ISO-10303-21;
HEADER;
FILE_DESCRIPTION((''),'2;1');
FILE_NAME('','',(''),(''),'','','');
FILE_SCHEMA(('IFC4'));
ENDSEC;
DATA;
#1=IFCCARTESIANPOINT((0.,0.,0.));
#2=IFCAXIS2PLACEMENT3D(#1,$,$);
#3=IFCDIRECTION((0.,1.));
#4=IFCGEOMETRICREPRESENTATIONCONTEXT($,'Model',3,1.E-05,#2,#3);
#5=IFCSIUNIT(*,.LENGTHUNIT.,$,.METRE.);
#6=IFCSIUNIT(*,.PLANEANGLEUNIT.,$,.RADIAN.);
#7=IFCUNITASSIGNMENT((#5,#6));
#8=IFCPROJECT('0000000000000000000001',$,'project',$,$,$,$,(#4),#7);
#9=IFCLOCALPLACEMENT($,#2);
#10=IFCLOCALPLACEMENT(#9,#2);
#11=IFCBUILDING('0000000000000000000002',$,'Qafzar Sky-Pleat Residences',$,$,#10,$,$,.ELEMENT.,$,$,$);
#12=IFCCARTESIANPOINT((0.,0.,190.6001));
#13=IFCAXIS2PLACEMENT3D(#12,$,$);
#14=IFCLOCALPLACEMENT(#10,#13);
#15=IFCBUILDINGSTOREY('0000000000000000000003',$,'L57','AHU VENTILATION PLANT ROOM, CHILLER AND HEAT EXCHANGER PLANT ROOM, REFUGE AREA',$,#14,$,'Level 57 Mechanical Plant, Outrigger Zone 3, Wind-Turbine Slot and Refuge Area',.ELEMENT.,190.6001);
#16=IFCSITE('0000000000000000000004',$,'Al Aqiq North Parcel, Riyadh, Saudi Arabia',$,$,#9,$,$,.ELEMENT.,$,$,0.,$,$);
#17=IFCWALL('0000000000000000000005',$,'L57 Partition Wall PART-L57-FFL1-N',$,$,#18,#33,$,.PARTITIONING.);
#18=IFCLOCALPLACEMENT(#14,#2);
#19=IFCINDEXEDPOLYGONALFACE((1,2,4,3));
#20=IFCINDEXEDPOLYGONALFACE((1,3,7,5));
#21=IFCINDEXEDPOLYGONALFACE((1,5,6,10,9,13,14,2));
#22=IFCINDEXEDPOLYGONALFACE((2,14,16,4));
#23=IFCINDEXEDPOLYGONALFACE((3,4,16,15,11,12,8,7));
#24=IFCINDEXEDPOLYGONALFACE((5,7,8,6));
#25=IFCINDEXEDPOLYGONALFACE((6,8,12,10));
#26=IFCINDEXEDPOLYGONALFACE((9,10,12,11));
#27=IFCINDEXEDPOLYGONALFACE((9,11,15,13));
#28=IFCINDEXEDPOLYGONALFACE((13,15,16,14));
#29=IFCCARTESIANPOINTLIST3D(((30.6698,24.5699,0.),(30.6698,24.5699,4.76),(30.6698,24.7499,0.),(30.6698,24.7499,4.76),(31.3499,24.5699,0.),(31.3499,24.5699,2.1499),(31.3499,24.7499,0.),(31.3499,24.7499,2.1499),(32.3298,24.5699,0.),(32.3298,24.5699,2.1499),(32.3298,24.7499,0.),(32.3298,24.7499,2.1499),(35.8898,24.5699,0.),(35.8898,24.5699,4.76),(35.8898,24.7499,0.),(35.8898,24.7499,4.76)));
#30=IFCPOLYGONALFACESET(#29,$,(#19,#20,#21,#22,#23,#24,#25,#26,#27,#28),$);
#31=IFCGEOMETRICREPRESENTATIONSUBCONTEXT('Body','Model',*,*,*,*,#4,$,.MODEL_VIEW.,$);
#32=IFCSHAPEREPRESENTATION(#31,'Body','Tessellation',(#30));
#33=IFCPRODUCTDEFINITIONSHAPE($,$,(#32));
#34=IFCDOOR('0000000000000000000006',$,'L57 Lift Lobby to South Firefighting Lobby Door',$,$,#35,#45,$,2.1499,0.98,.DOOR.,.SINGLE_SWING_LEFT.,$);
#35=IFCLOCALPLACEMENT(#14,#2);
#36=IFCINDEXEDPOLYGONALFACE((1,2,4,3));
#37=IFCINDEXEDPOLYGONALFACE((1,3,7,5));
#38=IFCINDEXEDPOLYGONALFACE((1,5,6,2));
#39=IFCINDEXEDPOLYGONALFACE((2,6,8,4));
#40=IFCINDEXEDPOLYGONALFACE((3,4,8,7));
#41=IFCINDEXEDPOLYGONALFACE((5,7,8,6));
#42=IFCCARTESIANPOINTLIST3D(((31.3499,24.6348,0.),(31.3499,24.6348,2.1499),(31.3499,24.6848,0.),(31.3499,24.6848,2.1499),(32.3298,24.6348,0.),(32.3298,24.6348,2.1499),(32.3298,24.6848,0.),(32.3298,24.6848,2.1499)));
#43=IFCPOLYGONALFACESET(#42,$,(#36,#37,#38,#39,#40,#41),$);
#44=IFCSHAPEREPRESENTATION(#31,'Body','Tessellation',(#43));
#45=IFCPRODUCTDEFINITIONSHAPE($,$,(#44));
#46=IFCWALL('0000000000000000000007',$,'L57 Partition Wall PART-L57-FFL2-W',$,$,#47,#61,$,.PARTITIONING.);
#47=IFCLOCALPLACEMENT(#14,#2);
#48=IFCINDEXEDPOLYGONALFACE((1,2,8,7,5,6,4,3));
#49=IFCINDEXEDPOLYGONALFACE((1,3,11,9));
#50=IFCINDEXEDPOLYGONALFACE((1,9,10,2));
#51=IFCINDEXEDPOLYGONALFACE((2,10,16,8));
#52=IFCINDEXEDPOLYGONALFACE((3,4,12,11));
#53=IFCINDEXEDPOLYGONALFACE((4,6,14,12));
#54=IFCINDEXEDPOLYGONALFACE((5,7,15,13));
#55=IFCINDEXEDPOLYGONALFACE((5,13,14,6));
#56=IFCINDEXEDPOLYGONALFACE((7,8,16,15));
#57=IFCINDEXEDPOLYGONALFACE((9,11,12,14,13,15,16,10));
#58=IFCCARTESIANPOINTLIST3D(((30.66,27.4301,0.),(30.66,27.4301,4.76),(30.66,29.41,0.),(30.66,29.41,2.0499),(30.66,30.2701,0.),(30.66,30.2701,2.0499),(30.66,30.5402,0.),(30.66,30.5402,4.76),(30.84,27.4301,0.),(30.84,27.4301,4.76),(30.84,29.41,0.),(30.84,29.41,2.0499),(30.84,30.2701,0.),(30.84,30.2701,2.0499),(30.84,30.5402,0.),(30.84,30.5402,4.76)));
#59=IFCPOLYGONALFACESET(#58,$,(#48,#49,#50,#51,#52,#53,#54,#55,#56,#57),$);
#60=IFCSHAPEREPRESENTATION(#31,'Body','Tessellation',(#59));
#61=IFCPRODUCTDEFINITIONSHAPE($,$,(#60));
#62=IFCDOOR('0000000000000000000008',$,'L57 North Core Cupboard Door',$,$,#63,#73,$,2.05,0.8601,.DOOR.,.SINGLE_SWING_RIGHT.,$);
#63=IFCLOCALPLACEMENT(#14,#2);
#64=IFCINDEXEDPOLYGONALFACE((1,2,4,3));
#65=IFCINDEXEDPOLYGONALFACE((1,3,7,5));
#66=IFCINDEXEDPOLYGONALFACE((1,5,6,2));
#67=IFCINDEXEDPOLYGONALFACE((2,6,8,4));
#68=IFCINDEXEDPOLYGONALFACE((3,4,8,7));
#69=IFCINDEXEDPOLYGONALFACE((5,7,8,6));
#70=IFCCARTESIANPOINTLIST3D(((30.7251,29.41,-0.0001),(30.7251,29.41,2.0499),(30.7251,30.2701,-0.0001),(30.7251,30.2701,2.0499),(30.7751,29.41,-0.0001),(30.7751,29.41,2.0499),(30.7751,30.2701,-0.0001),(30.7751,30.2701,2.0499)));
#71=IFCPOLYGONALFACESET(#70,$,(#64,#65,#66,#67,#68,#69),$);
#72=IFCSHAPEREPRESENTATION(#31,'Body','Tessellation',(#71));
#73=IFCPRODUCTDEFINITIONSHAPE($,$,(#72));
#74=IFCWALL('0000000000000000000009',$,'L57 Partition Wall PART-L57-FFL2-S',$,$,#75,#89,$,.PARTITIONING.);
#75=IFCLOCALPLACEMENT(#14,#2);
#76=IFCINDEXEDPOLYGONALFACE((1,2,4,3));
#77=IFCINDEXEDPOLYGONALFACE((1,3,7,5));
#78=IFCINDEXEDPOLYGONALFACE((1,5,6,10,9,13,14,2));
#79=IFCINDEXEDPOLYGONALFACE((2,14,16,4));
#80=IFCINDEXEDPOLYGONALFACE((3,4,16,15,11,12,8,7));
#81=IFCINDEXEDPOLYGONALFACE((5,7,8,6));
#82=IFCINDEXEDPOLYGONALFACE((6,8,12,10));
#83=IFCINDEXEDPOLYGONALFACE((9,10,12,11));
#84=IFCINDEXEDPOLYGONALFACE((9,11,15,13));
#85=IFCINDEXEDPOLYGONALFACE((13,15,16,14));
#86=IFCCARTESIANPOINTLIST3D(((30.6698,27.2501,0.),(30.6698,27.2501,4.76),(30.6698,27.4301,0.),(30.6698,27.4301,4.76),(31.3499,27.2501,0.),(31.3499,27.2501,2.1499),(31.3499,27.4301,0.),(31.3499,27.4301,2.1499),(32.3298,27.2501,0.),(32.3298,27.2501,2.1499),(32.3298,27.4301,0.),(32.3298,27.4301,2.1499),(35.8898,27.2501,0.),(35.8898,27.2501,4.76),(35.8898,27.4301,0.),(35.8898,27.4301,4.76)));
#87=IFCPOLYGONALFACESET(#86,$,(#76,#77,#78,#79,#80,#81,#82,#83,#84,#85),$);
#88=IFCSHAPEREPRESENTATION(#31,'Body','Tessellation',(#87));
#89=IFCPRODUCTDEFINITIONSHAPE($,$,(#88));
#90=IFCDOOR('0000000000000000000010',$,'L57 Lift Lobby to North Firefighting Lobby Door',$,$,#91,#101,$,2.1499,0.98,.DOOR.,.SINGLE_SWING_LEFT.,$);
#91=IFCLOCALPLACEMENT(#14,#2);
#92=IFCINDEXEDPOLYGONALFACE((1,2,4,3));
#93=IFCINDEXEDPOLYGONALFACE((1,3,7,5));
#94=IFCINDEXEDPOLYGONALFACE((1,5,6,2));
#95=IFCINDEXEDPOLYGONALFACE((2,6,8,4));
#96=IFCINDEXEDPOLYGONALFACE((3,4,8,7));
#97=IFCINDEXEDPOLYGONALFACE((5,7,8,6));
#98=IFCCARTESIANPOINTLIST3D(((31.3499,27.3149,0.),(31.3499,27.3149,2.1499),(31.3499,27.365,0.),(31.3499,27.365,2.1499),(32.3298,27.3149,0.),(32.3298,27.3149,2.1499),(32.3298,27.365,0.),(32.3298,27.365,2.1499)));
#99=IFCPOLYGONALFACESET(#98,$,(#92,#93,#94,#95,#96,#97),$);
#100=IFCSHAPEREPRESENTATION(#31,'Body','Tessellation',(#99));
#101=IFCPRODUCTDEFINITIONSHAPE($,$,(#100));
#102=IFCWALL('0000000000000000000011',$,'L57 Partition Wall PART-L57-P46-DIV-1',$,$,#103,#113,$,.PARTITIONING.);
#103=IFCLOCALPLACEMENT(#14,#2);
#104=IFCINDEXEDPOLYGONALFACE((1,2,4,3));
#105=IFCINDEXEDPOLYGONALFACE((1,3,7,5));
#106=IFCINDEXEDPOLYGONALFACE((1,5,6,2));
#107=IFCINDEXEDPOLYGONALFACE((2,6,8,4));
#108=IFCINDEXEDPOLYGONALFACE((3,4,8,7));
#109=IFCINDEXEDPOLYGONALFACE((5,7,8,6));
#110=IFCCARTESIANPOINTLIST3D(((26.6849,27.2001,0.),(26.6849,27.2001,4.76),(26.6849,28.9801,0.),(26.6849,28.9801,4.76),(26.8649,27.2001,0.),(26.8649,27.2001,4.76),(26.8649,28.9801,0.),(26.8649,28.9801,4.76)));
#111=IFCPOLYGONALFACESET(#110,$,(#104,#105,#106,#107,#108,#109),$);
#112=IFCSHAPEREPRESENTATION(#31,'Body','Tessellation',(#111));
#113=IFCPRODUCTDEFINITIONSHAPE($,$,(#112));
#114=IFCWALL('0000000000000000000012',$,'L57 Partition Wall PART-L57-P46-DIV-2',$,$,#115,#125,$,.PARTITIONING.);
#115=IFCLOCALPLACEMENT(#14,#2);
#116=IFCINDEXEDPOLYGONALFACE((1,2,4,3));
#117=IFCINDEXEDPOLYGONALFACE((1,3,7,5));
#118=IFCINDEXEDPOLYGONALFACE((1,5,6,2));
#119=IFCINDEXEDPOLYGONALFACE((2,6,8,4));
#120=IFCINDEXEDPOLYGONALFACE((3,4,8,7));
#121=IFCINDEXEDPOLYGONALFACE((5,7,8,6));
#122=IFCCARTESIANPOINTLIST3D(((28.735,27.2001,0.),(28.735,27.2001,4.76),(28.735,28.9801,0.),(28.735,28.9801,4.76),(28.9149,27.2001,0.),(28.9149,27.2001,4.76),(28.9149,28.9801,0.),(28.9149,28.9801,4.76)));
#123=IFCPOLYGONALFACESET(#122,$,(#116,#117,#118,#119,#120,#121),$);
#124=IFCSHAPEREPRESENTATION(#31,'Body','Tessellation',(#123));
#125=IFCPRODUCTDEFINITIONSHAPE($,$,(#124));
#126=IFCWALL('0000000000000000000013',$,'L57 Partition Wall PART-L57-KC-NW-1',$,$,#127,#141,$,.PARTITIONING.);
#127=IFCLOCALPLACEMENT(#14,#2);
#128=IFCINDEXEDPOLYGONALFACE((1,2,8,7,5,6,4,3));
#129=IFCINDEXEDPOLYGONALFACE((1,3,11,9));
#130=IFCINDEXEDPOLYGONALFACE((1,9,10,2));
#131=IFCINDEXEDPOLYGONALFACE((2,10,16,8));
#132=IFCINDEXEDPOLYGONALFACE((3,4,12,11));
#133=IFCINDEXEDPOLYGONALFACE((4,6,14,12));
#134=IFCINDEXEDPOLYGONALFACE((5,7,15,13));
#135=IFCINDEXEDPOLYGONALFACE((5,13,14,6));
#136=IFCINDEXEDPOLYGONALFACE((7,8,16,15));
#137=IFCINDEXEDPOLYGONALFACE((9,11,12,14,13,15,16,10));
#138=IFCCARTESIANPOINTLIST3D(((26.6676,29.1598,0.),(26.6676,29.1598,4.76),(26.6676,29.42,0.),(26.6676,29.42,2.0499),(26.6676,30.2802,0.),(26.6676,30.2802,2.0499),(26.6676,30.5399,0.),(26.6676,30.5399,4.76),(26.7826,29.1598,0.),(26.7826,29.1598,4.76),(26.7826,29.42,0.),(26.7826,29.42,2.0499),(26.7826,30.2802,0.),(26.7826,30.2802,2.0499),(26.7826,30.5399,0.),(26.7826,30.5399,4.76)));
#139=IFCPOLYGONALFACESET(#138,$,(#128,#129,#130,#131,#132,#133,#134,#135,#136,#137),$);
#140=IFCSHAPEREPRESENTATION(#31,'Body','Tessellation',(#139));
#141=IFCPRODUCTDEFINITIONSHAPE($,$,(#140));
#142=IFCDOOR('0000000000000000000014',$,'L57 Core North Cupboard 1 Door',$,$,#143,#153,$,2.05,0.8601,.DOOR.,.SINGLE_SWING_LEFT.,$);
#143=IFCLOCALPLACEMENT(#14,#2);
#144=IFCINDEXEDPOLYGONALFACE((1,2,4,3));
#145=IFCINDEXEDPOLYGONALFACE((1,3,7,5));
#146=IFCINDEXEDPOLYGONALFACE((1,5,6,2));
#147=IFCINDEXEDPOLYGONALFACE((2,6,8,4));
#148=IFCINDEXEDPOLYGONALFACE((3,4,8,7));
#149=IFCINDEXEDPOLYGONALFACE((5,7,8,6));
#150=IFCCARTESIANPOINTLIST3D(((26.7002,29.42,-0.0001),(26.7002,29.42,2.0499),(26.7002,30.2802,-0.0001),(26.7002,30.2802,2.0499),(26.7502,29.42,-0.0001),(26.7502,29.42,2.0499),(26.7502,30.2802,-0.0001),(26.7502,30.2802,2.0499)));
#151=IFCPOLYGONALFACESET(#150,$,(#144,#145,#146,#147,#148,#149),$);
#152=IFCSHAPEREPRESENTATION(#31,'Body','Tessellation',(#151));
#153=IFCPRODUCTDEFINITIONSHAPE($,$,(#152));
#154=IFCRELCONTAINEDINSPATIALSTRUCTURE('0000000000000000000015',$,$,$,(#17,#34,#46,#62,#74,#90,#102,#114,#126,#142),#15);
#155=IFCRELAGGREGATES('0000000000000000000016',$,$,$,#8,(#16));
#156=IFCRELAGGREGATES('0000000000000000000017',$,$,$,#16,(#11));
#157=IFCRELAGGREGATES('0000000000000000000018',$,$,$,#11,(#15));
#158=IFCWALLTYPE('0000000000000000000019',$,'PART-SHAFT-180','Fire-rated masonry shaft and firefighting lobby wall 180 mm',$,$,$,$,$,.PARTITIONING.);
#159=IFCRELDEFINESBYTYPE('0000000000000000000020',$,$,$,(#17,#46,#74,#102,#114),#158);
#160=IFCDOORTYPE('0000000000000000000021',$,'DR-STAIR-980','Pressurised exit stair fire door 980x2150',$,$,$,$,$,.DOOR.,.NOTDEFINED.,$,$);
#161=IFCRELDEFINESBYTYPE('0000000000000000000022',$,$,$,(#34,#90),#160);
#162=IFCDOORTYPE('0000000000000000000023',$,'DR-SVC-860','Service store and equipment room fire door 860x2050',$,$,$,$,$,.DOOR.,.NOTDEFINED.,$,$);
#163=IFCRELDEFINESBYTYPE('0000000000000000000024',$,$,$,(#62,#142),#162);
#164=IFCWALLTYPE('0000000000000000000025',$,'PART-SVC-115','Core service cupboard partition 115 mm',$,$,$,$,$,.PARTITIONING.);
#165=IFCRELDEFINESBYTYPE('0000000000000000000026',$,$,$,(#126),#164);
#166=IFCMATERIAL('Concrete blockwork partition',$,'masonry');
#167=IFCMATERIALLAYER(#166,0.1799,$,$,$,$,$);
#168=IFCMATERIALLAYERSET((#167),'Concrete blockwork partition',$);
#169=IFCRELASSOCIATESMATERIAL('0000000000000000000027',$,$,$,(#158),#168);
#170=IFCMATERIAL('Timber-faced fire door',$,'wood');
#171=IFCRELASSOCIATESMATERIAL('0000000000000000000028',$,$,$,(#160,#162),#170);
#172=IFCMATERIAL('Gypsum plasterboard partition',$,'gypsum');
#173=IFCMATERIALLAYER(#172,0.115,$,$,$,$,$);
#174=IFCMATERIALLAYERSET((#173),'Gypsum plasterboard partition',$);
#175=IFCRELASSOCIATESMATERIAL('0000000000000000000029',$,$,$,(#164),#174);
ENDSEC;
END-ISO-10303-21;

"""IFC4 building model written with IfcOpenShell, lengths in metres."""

from ifc_helpers import new_model, si_unit, direction, frame, frame_2d, origin, place, context, subcontext, project, spatial, rectangle, extrude, source, transform, mapped, material, layer, layer_set, type_object, element, fill, save


model = new_model("IFC4")

# Units and contexts
model_context = context("Model", 3, precision=1e-05, world=origin(), true_north=direction((0.0, 1.0)))
body_context = subcontext(model_context, "Body", "Model", "MODEL_VIEW")
ifc_project = project(units=[si_unit("LENGTHUNIT", "METRE"), si_unit("PLANEANGLEUNIT", "RADIAN")], contexts=[model_context])

# Site, building, storey
site_placement = place(None, origin())
site = spatial("IfcSite", under=ifc_project, at=site_placement, Name="Al Aqiq North Parcel, Riyadh, Saudi Arabia", CompositionType="ELEMENT", RefElevation=0.0)
building_placement = place(site_placement, origin())
building = spatial("IfcBuilding", under=site, at=building_placement, Name="Qafzar Sky-Pleat Residences", CompositionType="ELEMENT")
storey_placement = place(building_placement, frame((0.0, 0.0, 190.6001)))
storey = spatial("IfcBuildingStorey", under=building, at=storey_placement, Name="L57", Description="AHU VENTILATION PLANT ROOM, CHILLER AND HEAT EXCHANGER PLANT ROOM, REFUGE AREA", LongName="Level 57 Mechanical Plant, Outrigger Zone 3, Wind-Turbine Slot and Refuge Area", CompositionType="ELEMENT", Elevation=190.6001)

# Walls, openings, doors
ifc_material_1 = material(Name="Concrete blockwork partition", Category="masonry")
ifc_layer_1 = layer(ifc_material_1, 0.1799)
ifc_layer_set_1 = layer_set([ifc_layer_1], Name="Concrete blockwork partition")
wall_type_1 = type_object("IfcWallType", Name="PART-SHAFT-180", Description="Fire-rated masonry shaft and firefighting lobby wall 180 mm", PredefinedType="PARTITIONING", material=ifc_layer_set_1)
wall_1_placement = place(storey_placement, frame((30.6699, 24.6599, 0.0), z_axis=(0.0, 0.0, 1.0), x_axis=(1.0, 0.0, 0.0)))
wall_1 = element("IfcWall", 1, at=wall_1_placement, inside=storey, type_object=wall_type_1, Name="L57 Partition Wall PART-L57-FFL1-N", PredefinedType="PARTITIONING", context=body_context, shape_type="SweptSolid", body=[
    extrude(rectangle(XDim=5.22, YDim=0.1799, at=frame_2d((2.6099, 0.0))), origin(), (0.0, 0.0, 1.0), 4.76),
])
opening_1_placement = place(wall_1_placement, frame((0.6799, 0.0, 0.0)))
opening_1 = element("IfcOpeningElement", 2, at=opening_1_placement, cuts=wall_1, PredefinedType="OPENING", context=body_context, shape_type="SweptSolid", body=[
    extrude(rectangle(XDim=0.98, YDim=2.1499, at=frame_2d((0.49, 1.075))), frame((0.0, 0.1001, 0.0), z_axis=(0.0, -1.0, 0.0), x_axis=(1.0, 0.0, 0.0)), (0.0, 0.0, 1.0), 0.2),
])
ifc_material_2 = material(Name="Timber-faced fire door", Category="wood")
door_type_1 = type_object("IfcDoorType", Name="DR-STAIR-980", Description="Pressurised exit stair fire door 980x2150", OperationType="NOTDEFINED", PredefinedType="DOOR", material=ifc_material_2)
shared_shape_1 = source(origin(), body_context, "Body", "SweptSolid", [
    extrude(rectangle(XDim=0.98, YDim=2.1499, at=frame_2d((0.49, 1.075))), frame((0.0, 0.0249, 0.0), z_axis=(0.0, -1.0, 0.0), x_axis=(1.0, 0.0, 0.0)), (0.0, 0.0, 1.0), 0.05),
])
door_1_placement = place(opening_1_placement, origin())
door_1 = element("IfcDoor", 3, at=door_1_placement, inside=storey, type_object=door_type_1, Name="L57 Lift Lobby to South Firefighting Lobby Door", OperationType="SINGLE_SWING_LEFT", OverallHeight=2.1499, OverallWidth=0.98, PredefinedType="DOOR", context=body_context, shape_type="MappedRepresentation", body=[
    mapped(shared_shape_1, transform((0.0, 0.0, 0.0), x_axis=(1.0, 0.0, 0.0), y_axis=(0.0, 1.0, 0.0), z_axis=(0.0, 0.0, 1.0), scale=1.0)),
])
fill(opening_1, door_1)
wall_2_placement = place(storey_placement, frame((30.75, 27.4299, 0.0), z_axis=(0.0, 0.0, 1.0), x_axis=(0.0, 1.0, 0.0)))
wall_2 = element("IfcWall", 4, at=wall_2_placement, inside=storey, type_object=wall_type_1, Name="L57 Partition Wall PART-L57-FFL2-W", PredefinedType="PARTITIONING", context=body_context, shape_type="SweptSolid", body=[
    extrude(rectangle(XDim=3.1101, YDim=0.1799, at=frame_2d((1.5552, 0.0))), origin(), (0.0, 0.0, 1.0), 4.76),
])
opening_2_placement = place(wall_2_placement, frame((1.98, 0.0, 0.0)))
opening_2 = element("IfcOpeningElement", 5, at=opening_2_placement, cuts=wall_2, PredefinedType="OPENING", context=body_context, shape_type="SweptSolid", body=[
    extrude(rectangle(XDim=0.8601, YDim=2.05, at=frame_2d((0.4302, 1.0249))), frame((0.0, 0.1001, 0.0), z_axis=(0.0, -1.0, 0.0), x_axis=(1.0, 0.0, 0.0)), (0.0, 0.0, 1.0), 0.2),
])
door_type_2 = type_object("IfcDoorType", Name="DR-SVC-860", Description="Service store and equipment room fire door 860x2050", OperationType="NOTDEFINED", PredefinedType="DOOR", material=ifc_material_2)
shared_shape_2 = source(origin(), body_context, "Body", "SweptSolid", [
    extrude(rectangle(XDim=0.8601, YDim=2.05, at=frame_2d((0.4302, 1.0249))), frame((0.0, 0.0249, 0.0), z_axis=(0.0, -1.0, 0.0), x_axis=(1.0, 0.0, 0.0)), (0.0, 0.0, 1.0), 0.05),
])
door_2_placement = place(opening_2_placement, origin())
door_2 = element("IfcDoor", 6, at=door_2_placement, inside=storey, type_object=door_type_2, Name="L57 North Core Cupboard Door", OperationType="SINGLE_SWING_RIGHT", OverallHeight=2.05, OverallWidth=0.8601, PredefinedType="DOOR", context=body_context, shape_type="MappedRepresentation", body=[
    mapped(shared_shape_2, transform((0.0, 0.0, 0.0), x_axis=(1.0, 0.0, 0.0), y_axis=(0.0, 1.0, 0.0), z_axis=(0.0, 0.0, 1.0), scale=1.0)),
])
fill(opening_2, door_2)
wall_3_placement = place(storey_placement, frame((30.6699, 27.3401, 0.0), z_axis=(0.0, 0.0, 1.0), x_axis=(1.0, 0.0, 0.0)))
wall_3 = element("IfcWall", 7, at=wall_3_placement, inside=storey, type_object=wall_type_1, Name="L57 Partition Wall PART-L57-FFL2-S", PredefinedType="PARTITIONING", context=body_context, shape_type="SweptSolid", body=[
    extrude(rectangle(XDim=5.22, YDim=0.1799, at=frame_2d((2.6099, 0.0))), origin(), (0.0, 0.0, 1.0), 4.76),
])
opening_3_placement = place(wall_3_placement, frame((0.6799, 0.0, 0.0)))
opening_3 = element("IfcOpeningElement", 8, at=opening_3_placement, cuts=wall_3, PredefinedType="OPENING", context=body_context, shape_type="SweptSolid", body=[
    extrude(rectangle(XDim=0.98, YDim=2.1499, at=frame_2d((0.49, 1.075))), frame((0.0, 0.1001, 0.0), z_axis=(0.0, -1.0, 0.0), x_axis=(1.0, 0.0, 0.0)), (0.0, 0.0, 1.0), 0.2),
])
door_3_placement = place(opening_3_placement, origin())
door_3 = element("IfcDoor", 9, at=door_3_placement, inside=storey, type_object=door_type_1, Name="L57 Lift Lobby to North Firefighting Lobby Door", OperationType="SINGLE_SWING_LEFT", OverallHeight=2.1499, OverallWidth=0.98, PredefinedType="DOOR", context=body_context, shape_type="MappedRepresentation", body=[
    mapped(shared_shape_1, transform((0.0, 0.0, 0.0), x_axis=(1.0, 0.0, 0.0), y_axis=(0.0, 1.0, 0.0), z_axis=(0.0, 0.0, 1.0), scale=1.0)),
])
fill(opening_3, door_3)

# Wall
wall_4_placement = place(storey_placement, frame((26.7749, 27.2, 0.0), z_axis=(0.0, 0.0, 1.0), x_axis=(0.0, 1.0, 0.0)))
element("IfcWall", 10, at=wall_4_placement, inside=storey, type_object=wall_type_1, Name="L57 Partition Wall PART-L57-P46-DIV-1", PredefinedType="PARTITIONING", context=body_context, shape_type="SweptSolid", body=[
    extrude(rectangle(XDim=1.78, YDim=0.1799, at=frame_2d((0.8901, 0.0))), origin(), (0.0, 0.0, 1.0), 4.76),
])

# Wall
wall_5_placement = place(storey_placement, frame((28.825, 27.2, 0.0), z_axis=(0.0, 0.0, 1.0), x_axis=(0.0, 1.0, 0.0)))
element("IfcWall", 11, at=wall_5_placement, inside=storey, type_object=wall_type_1, Name="L57 Partition Wall PART-L57-P46-DIV-2", PredefinedType="PARTITIONING", context=body_context, shape_type="SweptSolid", body=[
    extrude(rectangle(XDim=1.78, YDim=0.1799, at=frame_2d((0.8901, 0.0))), origin(), (0.0, 0.0, 1.0), 4.76),
])

# Wall, opening, door
ifc_material_3 = material(Name="Gypsum plasterboard partition", Category="gypsum")
ifc_layer_2 = layer(ifc_material_3, 0.115)
ifc_layer_set_2 = layer_set([ifc_layer_2], Name="Gypsum plasterboard partition")
wall_type_2 = type_object("IfcWallType", Name="PART-SVC-115", Description="Core service cupboard partition 115 mm", PredefinedType="PARTITIONING", material=ifc_layer_set_2)
wall_6_placement = place(storey_placement, frame((26.7251, 29.1599, 0.0), z_axis=(0.0, 0.0, 1.0), x_axis=(0.0, 1.0, 0.0)))
wall_6 = element("IfcWall", 12, at=wall_6_placement, inside=storey, type_object=wall_type_2, Name="L57 Partition Wall PART-L57-KC-NW-1", PredefinedType="PARTITIONING", context=body_context, shape_type="SweptSolid", body=[
    extrude(rectangle(XDim=1.3801, YDim=0.115, at=frame_2d((0.6899, 0.0))), origin(), (0.0, 0.0, 1.0), 4.76),
])
opening_4_placement = place(wall_6_placement, frame((0.26, 0.0, 0.0)))
opening_4 = element("IfcOpeningElement", 13, at=opening_4_placement, cuts=wall_6, PredefinedType="OPENING", context=body_context, shape_type="SweptSolid", body=[
    extrude(rectangle(XDim=0.8601, YDim=2.05, at=frame_2d((0.4302, 1.0249))), frame((0.0, 0.0674, 0.0), z_axis=(0.0, -1.0, 0.0), x_axis=(1.0, 0.0, 0.0)), (0.0, 0.0, 1.0), 0.135),
])
door_4_placement = place(opening_4_placement, origin())
door_4 = element("IfcDoor", 14, at=door_4_placement, inside=storey, type_object=door_type_2, Name="L57 Core North Cupboard 1 Door", OperationType="SINGLE_SWING_LEFT", OverallHeight=2.05, OverallWidth=0.8601, PredefinedType="DOOR", context=body_context, shape_type="MappedRepresentation", body=[
    mapped(shared_shape_2, transform((0.0, 0.0, 0.0), x_axis=(1.0, 0.0, 0.0), y_axis=(0.0, 1.0, 0.0), z_axis=(0.0, 0.0, 1.0), scale=1.0)),
])
fill(opening_4, door_4)

save(model, "model.ifc")
